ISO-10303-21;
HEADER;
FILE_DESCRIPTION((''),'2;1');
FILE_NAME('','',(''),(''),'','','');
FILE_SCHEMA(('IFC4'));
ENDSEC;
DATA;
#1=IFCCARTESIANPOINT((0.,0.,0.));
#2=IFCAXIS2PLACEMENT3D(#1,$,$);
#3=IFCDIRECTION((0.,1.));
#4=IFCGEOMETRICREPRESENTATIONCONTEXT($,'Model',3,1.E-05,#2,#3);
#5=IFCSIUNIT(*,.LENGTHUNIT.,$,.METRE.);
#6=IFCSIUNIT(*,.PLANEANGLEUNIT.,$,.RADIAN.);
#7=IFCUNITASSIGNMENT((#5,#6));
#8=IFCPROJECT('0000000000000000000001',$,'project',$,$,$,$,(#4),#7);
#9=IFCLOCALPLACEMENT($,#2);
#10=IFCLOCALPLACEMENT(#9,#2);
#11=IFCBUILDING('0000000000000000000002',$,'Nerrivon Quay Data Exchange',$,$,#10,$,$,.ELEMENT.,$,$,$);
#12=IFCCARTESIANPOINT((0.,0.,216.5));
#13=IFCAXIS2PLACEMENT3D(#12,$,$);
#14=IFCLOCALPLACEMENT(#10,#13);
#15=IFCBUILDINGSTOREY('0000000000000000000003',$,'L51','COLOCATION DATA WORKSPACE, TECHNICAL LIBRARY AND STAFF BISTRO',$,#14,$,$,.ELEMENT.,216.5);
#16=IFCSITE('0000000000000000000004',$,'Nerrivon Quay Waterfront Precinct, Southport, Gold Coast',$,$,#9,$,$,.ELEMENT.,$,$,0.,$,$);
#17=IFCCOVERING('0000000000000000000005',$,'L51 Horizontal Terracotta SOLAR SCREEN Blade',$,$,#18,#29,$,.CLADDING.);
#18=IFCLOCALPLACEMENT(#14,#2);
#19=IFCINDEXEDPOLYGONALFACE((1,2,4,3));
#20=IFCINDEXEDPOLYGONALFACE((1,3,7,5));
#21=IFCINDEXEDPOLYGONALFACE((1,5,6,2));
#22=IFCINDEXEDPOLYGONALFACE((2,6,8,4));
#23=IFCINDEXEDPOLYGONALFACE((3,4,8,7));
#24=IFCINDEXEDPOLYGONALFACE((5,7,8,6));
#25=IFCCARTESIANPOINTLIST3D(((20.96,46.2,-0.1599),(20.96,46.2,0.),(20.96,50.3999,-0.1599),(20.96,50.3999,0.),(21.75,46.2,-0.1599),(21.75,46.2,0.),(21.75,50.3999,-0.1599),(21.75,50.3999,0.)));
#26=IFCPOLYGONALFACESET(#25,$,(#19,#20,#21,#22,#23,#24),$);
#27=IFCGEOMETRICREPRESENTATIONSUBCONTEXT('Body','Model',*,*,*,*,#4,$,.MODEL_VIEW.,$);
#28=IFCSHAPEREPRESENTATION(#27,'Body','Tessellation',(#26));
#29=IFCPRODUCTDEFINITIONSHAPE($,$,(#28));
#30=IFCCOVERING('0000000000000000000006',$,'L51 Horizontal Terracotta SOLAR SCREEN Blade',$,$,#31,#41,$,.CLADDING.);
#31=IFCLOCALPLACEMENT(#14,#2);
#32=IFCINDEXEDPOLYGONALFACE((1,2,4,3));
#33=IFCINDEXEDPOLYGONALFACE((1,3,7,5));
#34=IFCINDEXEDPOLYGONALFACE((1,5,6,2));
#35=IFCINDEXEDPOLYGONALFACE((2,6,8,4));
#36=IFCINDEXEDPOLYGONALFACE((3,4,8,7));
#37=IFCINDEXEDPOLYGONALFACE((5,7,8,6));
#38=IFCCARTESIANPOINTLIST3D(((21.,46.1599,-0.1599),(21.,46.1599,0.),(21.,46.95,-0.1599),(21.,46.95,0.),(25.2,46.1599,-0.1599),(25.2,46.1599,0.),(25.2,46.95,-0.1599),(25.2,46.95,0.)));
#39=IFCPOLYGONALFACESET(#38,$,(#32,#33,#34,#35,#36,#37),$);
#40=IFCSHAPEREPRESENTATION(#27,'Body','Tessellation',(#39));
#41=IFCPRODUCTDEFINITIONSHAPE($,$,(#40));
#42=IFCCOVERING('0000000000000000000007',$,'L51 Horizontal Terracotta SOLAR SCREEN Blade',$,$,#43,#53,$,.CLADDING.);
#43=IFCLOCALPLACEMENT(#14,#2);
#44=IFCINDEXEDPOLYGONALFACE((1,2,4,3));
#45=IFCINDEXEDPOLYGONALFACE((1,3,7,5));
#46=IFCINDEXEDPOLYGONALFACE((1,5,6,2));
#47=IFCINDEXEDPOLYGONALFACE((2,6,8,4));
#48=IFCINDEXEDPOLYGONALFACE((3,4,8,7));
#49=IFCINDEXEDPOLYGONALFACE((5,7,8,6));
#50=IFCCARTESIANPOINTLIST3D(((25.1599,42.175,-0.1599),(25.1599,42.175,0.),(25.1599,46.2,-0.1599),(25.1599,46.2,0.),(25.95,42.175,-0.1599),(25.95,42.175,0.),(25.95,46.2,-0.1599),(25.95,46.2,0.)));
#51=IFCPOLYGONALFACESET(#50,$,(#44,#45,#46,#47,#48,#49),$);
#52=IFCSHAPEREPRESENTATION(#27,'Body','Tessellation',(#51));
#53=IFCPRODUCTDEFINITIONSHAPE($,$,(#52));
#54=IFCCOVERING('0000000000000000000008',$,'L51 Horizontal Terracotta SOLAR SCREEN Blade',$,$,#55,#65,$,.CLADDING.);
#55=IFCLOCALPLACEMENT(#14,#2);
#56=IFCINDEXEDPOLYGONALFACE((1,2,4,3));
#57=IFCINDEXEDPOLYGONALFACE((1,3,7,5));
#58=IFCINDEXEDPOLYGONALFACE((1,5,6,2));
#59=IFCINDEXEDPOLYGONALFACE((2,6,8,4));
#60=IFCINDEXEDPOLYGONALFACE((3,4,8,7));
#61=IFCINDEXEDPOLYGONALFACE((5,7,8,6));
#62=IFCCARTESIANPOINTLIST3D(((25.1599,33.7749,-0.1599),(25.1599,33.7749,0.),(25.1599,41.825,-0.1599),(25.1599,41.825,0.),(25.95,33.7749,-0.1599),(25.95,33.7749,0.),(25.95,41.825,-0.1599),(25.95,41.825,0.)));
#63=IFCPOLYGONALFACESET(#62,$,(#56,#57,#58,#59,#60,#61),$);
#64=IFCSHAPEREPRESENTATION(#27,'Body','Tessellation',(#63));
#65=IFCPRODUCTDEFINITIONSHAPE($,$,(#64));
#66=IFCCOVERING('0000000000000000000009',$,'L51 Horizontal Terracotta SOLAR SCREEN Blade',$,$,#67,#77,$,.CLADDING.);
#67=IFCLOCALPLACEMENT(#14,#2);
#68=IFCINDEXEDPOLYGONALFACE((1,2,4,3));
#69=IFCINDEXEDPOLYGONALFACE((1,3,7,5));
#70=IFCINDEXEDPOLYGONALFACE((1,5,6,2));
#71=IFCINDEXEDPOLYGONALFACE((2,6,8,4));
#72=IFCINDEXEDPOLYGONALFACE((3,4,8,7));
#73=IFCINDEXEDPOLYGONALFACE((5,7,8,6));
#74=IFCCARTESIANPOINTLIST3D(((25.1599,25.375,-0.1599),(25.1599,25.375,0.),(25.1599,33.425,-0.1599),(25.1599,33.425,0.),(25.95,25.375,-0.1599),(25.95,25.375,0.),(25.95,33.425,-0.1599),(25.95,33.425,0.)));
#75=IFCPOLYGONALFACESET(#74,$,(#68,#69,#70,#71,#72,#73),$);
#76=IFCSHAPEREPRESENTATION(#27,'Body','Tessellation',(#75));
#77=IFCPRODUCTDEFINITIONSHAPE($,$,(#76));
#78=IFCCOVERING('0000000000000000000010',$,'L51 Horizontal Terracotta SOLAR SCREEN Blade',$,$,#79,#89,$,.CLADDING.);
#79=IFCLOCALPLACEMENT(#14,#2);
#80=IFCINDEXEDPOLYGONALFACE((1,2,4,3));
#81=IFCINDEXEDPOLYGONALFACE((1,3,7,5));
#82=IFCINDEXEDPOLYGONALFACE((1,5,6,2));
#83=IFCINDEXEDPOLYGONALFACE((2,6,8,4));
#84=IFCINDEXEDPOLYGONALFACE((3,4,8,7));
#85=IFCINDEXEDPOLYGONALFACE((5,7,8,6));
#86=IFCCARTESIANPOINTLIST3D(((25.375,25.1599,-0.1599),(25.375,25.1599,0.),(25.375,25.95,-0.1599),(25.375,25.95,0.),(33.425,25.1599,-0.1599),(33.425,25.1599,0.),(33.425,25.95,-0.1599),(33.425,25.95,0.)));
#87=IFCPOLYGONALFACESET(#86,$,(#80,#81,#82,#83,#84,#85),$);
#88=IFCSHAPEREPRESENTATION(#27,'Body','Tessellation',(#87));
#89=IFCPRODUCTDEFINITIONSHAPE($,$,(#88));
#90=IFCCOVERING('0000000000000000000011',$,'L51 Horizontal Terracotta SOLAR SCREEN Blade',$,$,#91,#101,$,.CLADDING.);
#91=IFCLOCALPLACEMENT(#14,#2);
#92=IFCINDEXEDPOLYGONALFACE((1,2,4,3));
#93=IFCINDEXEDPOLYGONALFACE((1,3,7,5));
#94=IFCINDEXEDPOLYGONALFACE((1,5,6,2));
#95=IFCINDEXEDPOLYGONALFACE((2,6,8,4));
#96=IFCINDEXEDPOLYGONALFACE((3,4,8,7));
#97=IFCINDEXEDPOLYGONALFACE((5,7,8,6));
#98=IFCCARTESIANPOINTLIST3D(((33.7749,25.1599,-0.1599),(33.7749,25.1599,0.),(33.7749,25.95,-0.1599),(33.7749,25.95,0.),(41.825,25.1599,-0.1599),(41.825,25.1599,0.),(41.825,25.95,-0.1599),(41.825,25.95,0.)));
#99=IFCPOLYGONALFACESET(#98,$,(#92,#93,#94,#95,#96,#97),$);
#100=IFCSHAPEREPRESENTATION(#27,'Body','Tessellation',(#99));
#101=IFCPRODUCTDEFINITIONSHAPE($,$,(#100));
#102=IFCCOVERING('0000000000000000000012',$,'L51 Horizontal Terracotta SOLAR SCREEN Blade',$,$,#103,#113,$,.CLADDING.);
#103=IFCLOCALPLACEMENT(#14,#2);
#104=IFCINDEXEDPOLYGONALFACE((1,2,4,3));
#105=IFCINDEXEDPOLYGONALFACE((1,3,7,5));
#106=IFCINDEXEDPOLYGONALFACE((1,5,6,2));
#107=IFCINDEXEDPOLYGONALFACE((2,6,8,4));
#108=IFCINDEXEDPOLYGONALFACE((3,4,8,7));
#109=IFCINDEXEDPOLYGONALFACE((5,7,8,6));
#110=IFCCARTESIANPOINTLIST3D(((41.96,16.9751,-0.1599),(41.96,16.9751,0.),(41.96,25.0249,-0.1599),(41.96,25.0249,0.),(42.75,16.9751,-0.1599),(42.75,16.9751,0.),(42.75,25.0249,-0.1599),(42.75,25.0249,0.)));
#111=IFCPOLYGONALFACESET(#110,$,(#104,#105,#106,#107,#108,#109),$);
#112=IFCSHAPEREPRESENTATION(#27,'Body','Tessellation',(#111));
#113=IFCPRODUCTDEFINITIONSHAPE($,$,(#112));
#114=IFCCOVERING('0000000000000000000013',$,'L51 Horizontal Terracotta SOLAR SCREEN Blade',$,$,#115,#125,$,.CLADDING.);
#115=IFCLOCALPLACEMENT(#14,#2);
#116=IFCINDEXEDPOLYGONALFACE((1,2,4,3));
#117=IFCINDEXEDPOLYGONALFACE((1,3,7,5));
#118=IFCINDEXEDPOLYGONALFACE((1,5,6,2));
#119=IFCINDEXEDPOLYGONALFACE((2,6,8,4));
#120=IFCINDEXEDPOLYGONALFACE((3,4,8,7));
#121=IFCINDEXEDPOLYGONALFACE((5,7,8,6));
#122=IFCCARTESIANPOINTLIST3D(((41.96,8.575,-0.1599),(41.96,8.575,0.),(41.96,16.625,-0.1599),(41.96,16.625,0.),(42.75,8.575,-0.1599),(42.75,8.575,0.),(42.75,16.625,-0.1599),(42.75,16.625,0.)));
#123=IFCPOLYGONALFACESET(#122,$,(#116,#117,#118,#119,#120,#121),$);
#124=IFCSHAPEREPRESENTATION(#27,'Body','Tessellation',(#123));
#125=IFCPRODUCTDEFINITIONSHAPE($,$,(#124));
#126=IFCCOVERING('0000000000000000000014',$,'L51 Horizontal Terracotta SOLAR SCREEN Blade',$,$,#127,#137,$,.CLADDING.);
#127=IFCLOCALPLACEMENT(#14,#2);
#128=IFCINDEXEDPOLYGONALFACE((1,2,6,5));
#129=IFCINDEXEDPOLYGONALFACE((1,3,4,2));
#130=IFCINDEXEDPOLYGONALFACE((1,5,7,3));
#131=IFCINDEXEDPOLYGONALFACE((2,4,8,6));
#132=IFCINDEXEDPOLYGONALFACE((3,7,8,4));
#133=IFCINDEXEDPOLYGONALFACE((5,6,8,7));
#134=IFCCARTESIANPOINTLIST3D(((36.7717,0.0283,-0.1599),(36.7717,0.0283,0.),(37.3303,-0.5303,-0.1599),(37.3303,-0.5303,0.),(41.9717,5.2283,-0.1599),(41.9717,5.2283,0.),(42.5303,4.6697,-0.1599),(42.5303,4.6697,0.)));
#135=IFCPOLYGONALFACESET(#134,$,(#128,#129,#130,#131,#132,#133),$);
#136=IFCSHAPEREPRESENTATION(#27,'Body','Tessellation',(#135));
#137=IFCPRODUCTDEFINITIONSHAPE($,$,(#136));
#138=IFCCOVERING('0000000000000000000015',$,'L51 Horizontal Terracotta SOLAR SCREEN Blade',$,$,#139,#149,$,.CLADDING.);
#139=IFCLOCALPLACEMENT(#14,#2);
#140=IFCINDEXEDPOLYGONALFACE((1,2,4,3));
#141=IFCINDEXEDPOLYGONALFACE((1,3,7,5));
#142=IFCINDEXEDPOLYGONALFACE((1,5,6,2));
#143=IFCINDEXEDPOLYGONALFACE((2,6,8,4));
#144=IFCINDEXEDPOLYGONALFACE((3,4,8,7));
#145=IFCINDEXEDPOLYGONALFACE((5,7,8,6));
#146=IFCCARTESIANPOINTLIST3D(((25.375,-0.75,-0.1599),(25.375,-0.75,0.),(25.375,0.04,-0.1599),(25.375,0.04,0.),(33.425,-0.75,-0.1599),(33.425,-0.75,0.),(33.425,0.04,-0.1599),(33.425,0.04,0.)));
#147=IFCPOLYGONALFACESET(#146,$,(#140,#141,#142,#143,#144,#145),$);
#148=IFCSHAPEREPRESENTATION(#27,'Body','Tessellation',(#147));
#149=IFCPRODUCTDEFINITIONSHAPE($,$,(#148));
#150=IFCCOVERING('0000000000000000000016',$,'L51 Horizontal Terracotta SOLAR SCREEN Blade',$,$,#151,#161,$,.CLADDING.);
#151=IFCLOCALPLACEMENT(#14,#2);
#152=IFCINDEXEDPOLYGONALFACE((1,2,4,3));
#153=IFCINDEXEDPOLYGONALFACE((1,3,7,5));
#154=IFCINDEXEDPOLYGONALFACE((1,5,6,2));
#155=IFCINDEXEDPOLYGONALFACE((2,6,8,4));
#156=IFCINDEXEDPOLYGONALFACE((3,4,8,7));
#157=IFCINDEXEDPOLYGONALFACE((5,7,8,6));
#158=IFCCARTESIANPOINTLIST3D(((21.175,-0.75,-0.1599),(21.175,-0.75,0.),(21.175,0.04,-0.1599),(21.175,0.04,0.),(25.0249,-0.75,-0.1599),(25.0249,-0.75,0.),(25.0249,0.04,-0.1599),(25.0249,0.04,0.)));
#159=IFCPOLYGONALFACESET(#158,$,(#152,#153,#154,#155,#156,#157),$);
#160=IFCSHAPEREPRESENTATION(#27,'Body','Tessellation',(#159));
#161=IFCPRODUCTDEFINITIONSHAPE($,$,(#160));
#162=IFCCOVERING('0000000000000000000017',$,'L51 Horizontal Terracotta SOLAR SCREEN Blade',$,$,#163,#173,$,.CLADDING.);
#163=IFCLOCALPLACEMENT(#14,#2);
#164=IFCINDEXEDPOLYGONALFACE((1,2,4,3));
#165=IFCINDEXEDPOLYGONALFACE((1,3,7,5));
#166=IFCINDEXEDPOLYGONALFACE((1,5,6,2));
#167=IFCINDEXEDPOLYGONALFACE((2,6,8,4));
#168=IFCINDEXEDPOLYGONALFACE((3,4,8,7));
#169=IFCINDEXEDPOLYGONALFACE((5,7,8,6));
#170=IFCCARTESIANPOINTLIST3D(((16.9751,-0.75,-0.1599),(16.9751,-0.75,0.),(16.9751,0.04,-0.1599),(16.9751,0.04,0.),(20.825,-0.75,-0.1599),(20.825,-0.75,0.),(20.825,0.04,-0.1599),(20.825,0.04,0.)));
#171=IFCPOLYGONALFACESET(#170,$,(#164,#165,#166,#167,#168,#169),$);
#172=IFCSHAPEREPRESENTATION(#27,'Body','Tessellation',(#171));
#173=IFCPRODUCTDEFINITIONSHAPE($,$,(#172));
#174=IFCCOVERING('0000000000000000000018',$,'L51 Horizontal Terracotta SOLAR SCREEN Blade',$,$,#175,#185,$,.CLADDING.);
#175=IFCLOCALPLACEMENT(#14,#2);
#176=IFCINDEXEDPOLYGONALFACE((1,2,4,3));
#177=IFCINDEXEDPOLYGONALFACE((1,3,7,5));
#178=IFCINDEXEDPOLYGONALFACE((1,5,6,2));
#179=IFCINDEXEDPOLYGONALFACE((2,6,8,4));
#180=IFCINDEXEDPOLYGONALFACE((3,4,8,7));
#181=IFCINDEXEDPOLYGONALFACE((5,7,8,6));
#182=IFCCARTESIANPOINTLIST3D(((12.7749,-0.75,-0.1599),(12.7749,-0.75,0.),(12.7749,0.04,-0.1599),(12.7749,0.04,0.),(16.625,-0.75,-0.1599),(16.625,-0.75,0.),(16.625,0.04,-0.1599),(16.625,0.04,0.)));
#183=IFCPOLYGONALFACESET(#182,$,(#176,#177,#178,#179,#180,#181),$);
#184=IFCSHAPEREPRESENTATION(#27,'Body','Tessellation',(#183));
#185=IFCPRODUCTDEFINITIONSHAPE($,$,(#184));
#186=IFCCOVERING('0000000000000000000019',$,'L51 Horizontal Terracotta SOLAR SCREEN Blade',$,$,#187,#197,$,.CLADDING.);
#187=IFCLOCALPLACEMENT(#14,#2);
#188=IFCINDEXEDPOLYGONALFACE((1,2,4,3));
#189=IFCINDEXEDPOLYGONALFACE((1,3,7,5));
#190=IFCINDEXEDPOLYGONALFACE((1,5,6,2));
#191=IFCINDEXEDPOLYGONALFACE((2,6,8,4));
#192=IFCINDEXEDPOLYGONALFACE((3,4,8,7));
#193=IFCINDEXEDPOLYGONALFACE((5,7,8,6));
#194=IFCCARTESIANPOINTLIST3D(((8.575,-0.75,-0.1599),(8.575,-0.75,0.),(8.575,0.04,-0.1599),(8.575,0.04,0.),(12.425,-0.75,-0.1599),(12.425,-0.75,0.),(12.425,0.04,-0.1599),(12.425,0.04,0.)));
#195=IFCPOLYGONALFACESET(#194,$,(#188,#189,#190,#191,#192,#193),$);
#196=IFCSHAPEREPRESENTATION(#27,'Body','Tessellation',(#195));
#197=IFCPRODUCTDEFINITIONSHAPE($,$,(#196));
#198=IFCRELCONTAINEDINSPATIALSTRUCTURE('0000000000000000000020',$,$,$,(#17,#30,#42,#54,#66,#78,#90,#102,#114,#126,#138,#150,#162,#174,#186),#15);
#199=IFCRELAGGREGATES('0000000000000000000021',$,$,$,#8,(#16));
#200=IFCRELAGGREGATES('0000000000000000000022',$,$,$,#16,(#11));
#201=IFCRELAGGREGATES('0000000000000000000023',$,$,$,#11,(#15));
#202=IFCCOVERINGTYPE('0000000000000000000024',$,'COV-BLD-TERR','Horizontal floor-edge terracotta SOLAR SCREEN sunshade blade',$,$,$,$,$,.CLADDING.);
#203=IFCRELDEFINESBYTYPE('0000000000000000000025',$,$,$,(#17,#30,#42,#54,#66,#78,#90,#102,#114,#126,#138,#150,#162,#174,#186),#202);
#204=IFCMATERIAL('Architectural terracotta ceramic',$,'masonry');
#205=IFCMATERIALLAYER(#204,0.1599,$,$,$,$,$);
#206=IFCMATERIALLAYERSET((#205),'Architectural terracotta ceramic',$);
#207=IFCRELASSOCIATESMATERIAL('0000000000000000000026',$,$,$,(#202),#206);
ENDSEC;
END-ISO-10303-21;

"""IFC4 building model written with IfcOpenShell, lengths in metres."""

from ifc_helpers import new_model, si_unit, direction, frame, origin, place, context, subcontext, project, spatial, polyline, outline, extrude, material, layer, layer_set, type_object, element, save


model = new_model("IFC4")

# Units and contexts
model_context = context("Model", 3, precision=1e-05, world=origin(), true_north=direction((0.0, 1.0)))
body_context = subcontext(model_context, "Body", "Model", "MODEL_VIEW")
ifc_project = project(units=[si_unit("LENGTHUNIT", "METRE"), si_unit("PLANEANGLEUNIT", "RADIAN")], contexts=[model_context])

# Site, building, storey
site_placement = place(None, origin())
site = spatial("IfcSite", under=ifc_project, at=site_placement, Name="Nerrivon Quay Waterfront Precinct, Southport, Gold Coast", CompositionType="ELEMENT", RefElevation=0.0)
building_placement = place(site_placement, origin())
building = spatial("IfcBuilding", under=site, at=building_placement, Name="Nerrivon Quay Data Exchange", CompositionType="ELEMENT")
storey_placement = place(building_placement, frame((0.0, 0.0, 216.5)))
storey = spatial("IfcBuildingStorey", under=building, at=storey_placement, Name="L51", Description="COLOCATION DATA WORKSPACE, TECHNICAL LIBRARY AND STAFF BISTRO", CompositionType="ELEMENT", Elevation=216.5)

# Coverings
ifc_material_1 = material(Name="Architectural terracotta ceramic", Category="masonry")
ifc_layer_1 = layer(ifc_material_1, 0.1599)
ifc_layer_set_1 = layer_set([ifc_layer_1], Name="Architectural terracotta ceramic")
covering_type = type_object("IfcCoveringType", Name="COV-BLD-TERR", Description="Horizontal floor-edge terracotta SOLAR SCREEN sunshade blade", PredefinedType="CLADDING", material=ifc_layer_set_1)
covering_1_placement = place(storey_placement, frame((0.0, 0.0, -0.1599)))
element("IfcCovering", 1, at=covering_1_placement, inside=storey, type_object=covering_type, Name="L51 Horizontal Terracotta SOLAR SCREEN Blade", PredefinedType="CLADDING", context=body_context, shape_type="SweptSolid", body=[
    extrude(outline(polyline([(20.96, 50.3999), (20.96, 46.2), (21.75, 46.2), (21.75, 50.3999), (20.96, 50.3999)])), origin(), (0.0, 0.0, 1.0), 0.1599),
])
covering_2_placement = place(storey_placement, frame((0.0, 0.0, -0.1599)))
element("IfcCovering", 2, at=covering_2_placement, inside=storey, type_object=covering_type, Name="L51 Horizontal Terracotta SOLAR SCREEN Blade", PredefinedType="CLADDING", context=body_context, shape_type="SweptSolid", body=[
    extrude(outline(polyline([(21.0, 46.1599), (25.2, 46.1599), (25.2, 46.95), (21.0, 46.95), (21.0, 46.1599)])), origin(), (0.0, 0.0, 1.0), 0.1599),
])
covering_3_placement = place(storey_placement, frame((0.0, 0.0, -0.1599)))
element("IfcCovering", 3, at=covering_3_placement, inside=storey, type_object=covering_type, Name="L51 Horizontal Terracotta SOLAR SCREEN Blade", PredefinedType="CLADDING", context=body_context, shape_type="SweptSolid", body=[
    extrude(outline(polyline([(25.1599, 46.2), (25.1599, 42.175), (25.95, 42.175), (25.95, 46.2), (25.1599, 46.2)])), origin(), (0.0, 0.0, 1.0), 0.1599),
])
covering_4_placement = place(storey_placement, frame((0.0, 0.0, -0.1599)))
element("IfcCovering", 4, at=covering_4_placement, inside=storey, type_object=covering_type, Name="L51 Horizontal Terracotta SOLAR SCREEN Blade", PredefinedType="CLADDING", context=body_context, shape_type="SweptSolid", body=[
    extrude(outline(polyline([(25.1599, 41.825), (25.1599, 33.7749), (25.95, 33.7749), (25.95, 41.825), (25.1599, 41.825)])), origin(), (0.0, 0.0, 1.0), 0.1599),
])
covering_5_placement = place(storey_placement, frame((0.0, 0.0, -0.1599)))
element("IfcCovering", 5, at=covering_5_placement, inside=storey, type_object=covering_type, Name="L51 Horizontal Terracotta SOLAR SCREEN Blade", PredefinedType="CLADDING", context=body_context, shape_type="SweptSolid", body=[
    extrude(outline(polyline([(25.1599, 33.425), (25.1599, 25.375), (25.95, 25.375), (25.95, 33.425), (25.1599, 33.425)])), origin(), (0.0, 0.0, 1.0), 0.1599),
])
covering_6_placement = place(storey_placement, frame((0.0, 0.0, -0.1599)))
element("IfcCovering", 6, at=covering_6_placement, inside=storey, type_object=covering_type, Name="L51 Horizontal Terracotta SOLAR SCREEN Blade", PredefinedType="CLADDING", context=body_context, shape_type="SweptSolid", body=[
    extrude(outline(polyline([(25.375, 25.1599), (33.425, 25.1599), (33.425, 25.95), (25.375, 25.95), (25.375, 25.1599)])), origin(), (0.0, 0.0, 1.0), 0.1599),
])
covering_7_placement = place(storey_placement, frame((0.0, 0.0, -0.1599)))
element("IfcCovering", 7, at=covering_7_placement, inside=storey, type_object=covering_type, Name="L51 Horizontal Terracotta SOLAR SCREEN Blade", PredefinedType="CLADDING", context=body_context, shape_type="SweptSolid", body=[
    extrude(outline(polyline([(33.7749, 25.1599), (41.825, 25.1599), (41.825, 25.95), (33.7749, 25.95), (33.7749, 25.1599)])), origin(), (0.0, 0.0, 1.0), 0.1599),
])
covering_8_placement = place(storey_placement, frame((0.0, 0.0, -0.1599)))
element("IfcCovering", 8, at=covering_8_placement, inside=storey, type_object=covering_type, Name="L51 Horizontal Terracotta SOLAR SCREEN Blade", PredefinedType="CLADDING", context=body_context, shape_type="SweptSolid", body=[
    extrude(outline(polyline([(41.96, 25.0249), (41.96, 16.9751), (42.75, 16.9751), (42.75, 25.0249), (41.96, 25.0249)])), origin(), (0.0, 0.0, 1.0), 0.1599),
])
covering_9_placement = place(storey_placement, frame((0.0, 0.0, -0.1599)))
element("IfcCovering", 9, at=covering_9_placement, inside=storey, type_object=covering_type, Name="L51 Horizontal Terracotta SOLAR SCREEN Blade", PredefinedType="CLADDING", context=body_context, shape_type="SweptSolid", body=[
    extrude(outline(polyline([(41.96, 16.625), (41.96, 8.575), (42.75, 8.575), (42.75, 16.625), (41.96, 16.625)])), origin(), (0.0, 0.0, 1.0), 0.1599),
])
covering_10_placement = place(storey_placement, frame((0.0, 0.0, -0.1599)))
element("IfcCovering", 10, at=covering_10_placement, inside=storey, type_object=covering_type, Name="L51 Horizontal Terracotta SOLAR SCREEN Blade", PredefinedType="CLADDING", context=body_context, shape_type="SweptSolid", body=[
    extrude(outline(polyline([(41.9717, 5.2283), (36.7717, 0.0283), (37.3303, -0.5303), (42.5303, 4.6697), (41.9717, 5.2283)])), origin(), (0.0, 0.0, 1.0), 0.1599),
])
covering_11_placement = place(storey_placement, frame((0.0, 0.0, -0.1599)))
element("IfcCovering", 11, at=covering_11_placement, inside=storey, type_object=covering_type, Name="L51 Horizontal Terracotta SOLAR SCREEN Blade", PredefinedType="CLADDING", context=body_context, shape_type="SweptSolid", body=[
    extrude(outline(polyline([(33.425, 0.04), (25.375, 0.04), (25.375, -0.75), (33.425, -0.75), (33.425, 0.04)])), origin(), (0.0, 0.0, 1.0), 0.1599),
])
covering_12_placement = place(storey_placement, frame((0.0, 0.0, -0.1599)))
element("IfcCovering", 12, at=covering_12_placement, inside=storey, type_object=covering_type, Name="L51 Horizontal Terracotta SOLAR SCREEN Blade", PredefinedType="CLADDING", context=body_context, shape_type="SweptSolid", body=[
    extrude(outline(polyline([(25.0249, 0.04), (21.175, 0.04), (21.175, -0.75), (25.0249, -0.75), (25.0249, 0.04)])), origin(), (0.0, 0.0, 1.0), 0.1599),
])
covering_13_placement = place(storey_placement, frame((0.0, 0.0, -0.1599)))
element("IfcCovering", 13, at=covering_13_placement, inside=storey, type_object=covering_type, Name="L51 Horizontal Terracotta SOLAR SCREEN Blade", PredefinedType="CLADDING", context=body_context, shape_type="SweptSolid", body=[
    extrude(outline(polyline([(20.825, 0.04), (16.9751, 0.04), (16.9751, -0.75), (20.825, -0.75), (20.825, 0.04)])), origin(), (0.0, 0.0, 1.0), 0.1599),
])
covering_14_placement = place(storey_placement, frame((0.0, 0.0, -0.1599)))
element("IfcCovering", 14, at=covering_14_placement, inside=storey, type_object=covering_type, Name="L51 Horizontal Terracotta SOLAR SCREEN Blade", PredefinedType="CLADDING", context=body_context, shape_type="SweptSolid", body=[
    extrude(outline(polyline([(16.625, 0.04), (12.7749, 0.04), (12.7749, -0.75), (16.625, -0.75), (16.625, 0.04)])), origin(), (0.0, 0.0, 1.0), 0.1599),
])
covering_15_placement = place(storey_placement, frame((0.0, 0.0, -0.1599)))
element("IfcCovering", 15, at=covering_15_placement, inside=storey, type_object=covering_type, Name="L51 Horizontal Terracotta SOLAR SCREEN Blade", PredefinedType="CLADDING", context=body_context, shape_type="SweptSolid", body=[
    extrude(outline(polyline([(12.425, 0.04), (8.575, 0.04), (8.575, -0.75), (12.425, -0.75), (12.425, 0.04)])), origin(), (0.0, 0.0, 1.0), 0.1599),
])

save(model, "model.ifc")
